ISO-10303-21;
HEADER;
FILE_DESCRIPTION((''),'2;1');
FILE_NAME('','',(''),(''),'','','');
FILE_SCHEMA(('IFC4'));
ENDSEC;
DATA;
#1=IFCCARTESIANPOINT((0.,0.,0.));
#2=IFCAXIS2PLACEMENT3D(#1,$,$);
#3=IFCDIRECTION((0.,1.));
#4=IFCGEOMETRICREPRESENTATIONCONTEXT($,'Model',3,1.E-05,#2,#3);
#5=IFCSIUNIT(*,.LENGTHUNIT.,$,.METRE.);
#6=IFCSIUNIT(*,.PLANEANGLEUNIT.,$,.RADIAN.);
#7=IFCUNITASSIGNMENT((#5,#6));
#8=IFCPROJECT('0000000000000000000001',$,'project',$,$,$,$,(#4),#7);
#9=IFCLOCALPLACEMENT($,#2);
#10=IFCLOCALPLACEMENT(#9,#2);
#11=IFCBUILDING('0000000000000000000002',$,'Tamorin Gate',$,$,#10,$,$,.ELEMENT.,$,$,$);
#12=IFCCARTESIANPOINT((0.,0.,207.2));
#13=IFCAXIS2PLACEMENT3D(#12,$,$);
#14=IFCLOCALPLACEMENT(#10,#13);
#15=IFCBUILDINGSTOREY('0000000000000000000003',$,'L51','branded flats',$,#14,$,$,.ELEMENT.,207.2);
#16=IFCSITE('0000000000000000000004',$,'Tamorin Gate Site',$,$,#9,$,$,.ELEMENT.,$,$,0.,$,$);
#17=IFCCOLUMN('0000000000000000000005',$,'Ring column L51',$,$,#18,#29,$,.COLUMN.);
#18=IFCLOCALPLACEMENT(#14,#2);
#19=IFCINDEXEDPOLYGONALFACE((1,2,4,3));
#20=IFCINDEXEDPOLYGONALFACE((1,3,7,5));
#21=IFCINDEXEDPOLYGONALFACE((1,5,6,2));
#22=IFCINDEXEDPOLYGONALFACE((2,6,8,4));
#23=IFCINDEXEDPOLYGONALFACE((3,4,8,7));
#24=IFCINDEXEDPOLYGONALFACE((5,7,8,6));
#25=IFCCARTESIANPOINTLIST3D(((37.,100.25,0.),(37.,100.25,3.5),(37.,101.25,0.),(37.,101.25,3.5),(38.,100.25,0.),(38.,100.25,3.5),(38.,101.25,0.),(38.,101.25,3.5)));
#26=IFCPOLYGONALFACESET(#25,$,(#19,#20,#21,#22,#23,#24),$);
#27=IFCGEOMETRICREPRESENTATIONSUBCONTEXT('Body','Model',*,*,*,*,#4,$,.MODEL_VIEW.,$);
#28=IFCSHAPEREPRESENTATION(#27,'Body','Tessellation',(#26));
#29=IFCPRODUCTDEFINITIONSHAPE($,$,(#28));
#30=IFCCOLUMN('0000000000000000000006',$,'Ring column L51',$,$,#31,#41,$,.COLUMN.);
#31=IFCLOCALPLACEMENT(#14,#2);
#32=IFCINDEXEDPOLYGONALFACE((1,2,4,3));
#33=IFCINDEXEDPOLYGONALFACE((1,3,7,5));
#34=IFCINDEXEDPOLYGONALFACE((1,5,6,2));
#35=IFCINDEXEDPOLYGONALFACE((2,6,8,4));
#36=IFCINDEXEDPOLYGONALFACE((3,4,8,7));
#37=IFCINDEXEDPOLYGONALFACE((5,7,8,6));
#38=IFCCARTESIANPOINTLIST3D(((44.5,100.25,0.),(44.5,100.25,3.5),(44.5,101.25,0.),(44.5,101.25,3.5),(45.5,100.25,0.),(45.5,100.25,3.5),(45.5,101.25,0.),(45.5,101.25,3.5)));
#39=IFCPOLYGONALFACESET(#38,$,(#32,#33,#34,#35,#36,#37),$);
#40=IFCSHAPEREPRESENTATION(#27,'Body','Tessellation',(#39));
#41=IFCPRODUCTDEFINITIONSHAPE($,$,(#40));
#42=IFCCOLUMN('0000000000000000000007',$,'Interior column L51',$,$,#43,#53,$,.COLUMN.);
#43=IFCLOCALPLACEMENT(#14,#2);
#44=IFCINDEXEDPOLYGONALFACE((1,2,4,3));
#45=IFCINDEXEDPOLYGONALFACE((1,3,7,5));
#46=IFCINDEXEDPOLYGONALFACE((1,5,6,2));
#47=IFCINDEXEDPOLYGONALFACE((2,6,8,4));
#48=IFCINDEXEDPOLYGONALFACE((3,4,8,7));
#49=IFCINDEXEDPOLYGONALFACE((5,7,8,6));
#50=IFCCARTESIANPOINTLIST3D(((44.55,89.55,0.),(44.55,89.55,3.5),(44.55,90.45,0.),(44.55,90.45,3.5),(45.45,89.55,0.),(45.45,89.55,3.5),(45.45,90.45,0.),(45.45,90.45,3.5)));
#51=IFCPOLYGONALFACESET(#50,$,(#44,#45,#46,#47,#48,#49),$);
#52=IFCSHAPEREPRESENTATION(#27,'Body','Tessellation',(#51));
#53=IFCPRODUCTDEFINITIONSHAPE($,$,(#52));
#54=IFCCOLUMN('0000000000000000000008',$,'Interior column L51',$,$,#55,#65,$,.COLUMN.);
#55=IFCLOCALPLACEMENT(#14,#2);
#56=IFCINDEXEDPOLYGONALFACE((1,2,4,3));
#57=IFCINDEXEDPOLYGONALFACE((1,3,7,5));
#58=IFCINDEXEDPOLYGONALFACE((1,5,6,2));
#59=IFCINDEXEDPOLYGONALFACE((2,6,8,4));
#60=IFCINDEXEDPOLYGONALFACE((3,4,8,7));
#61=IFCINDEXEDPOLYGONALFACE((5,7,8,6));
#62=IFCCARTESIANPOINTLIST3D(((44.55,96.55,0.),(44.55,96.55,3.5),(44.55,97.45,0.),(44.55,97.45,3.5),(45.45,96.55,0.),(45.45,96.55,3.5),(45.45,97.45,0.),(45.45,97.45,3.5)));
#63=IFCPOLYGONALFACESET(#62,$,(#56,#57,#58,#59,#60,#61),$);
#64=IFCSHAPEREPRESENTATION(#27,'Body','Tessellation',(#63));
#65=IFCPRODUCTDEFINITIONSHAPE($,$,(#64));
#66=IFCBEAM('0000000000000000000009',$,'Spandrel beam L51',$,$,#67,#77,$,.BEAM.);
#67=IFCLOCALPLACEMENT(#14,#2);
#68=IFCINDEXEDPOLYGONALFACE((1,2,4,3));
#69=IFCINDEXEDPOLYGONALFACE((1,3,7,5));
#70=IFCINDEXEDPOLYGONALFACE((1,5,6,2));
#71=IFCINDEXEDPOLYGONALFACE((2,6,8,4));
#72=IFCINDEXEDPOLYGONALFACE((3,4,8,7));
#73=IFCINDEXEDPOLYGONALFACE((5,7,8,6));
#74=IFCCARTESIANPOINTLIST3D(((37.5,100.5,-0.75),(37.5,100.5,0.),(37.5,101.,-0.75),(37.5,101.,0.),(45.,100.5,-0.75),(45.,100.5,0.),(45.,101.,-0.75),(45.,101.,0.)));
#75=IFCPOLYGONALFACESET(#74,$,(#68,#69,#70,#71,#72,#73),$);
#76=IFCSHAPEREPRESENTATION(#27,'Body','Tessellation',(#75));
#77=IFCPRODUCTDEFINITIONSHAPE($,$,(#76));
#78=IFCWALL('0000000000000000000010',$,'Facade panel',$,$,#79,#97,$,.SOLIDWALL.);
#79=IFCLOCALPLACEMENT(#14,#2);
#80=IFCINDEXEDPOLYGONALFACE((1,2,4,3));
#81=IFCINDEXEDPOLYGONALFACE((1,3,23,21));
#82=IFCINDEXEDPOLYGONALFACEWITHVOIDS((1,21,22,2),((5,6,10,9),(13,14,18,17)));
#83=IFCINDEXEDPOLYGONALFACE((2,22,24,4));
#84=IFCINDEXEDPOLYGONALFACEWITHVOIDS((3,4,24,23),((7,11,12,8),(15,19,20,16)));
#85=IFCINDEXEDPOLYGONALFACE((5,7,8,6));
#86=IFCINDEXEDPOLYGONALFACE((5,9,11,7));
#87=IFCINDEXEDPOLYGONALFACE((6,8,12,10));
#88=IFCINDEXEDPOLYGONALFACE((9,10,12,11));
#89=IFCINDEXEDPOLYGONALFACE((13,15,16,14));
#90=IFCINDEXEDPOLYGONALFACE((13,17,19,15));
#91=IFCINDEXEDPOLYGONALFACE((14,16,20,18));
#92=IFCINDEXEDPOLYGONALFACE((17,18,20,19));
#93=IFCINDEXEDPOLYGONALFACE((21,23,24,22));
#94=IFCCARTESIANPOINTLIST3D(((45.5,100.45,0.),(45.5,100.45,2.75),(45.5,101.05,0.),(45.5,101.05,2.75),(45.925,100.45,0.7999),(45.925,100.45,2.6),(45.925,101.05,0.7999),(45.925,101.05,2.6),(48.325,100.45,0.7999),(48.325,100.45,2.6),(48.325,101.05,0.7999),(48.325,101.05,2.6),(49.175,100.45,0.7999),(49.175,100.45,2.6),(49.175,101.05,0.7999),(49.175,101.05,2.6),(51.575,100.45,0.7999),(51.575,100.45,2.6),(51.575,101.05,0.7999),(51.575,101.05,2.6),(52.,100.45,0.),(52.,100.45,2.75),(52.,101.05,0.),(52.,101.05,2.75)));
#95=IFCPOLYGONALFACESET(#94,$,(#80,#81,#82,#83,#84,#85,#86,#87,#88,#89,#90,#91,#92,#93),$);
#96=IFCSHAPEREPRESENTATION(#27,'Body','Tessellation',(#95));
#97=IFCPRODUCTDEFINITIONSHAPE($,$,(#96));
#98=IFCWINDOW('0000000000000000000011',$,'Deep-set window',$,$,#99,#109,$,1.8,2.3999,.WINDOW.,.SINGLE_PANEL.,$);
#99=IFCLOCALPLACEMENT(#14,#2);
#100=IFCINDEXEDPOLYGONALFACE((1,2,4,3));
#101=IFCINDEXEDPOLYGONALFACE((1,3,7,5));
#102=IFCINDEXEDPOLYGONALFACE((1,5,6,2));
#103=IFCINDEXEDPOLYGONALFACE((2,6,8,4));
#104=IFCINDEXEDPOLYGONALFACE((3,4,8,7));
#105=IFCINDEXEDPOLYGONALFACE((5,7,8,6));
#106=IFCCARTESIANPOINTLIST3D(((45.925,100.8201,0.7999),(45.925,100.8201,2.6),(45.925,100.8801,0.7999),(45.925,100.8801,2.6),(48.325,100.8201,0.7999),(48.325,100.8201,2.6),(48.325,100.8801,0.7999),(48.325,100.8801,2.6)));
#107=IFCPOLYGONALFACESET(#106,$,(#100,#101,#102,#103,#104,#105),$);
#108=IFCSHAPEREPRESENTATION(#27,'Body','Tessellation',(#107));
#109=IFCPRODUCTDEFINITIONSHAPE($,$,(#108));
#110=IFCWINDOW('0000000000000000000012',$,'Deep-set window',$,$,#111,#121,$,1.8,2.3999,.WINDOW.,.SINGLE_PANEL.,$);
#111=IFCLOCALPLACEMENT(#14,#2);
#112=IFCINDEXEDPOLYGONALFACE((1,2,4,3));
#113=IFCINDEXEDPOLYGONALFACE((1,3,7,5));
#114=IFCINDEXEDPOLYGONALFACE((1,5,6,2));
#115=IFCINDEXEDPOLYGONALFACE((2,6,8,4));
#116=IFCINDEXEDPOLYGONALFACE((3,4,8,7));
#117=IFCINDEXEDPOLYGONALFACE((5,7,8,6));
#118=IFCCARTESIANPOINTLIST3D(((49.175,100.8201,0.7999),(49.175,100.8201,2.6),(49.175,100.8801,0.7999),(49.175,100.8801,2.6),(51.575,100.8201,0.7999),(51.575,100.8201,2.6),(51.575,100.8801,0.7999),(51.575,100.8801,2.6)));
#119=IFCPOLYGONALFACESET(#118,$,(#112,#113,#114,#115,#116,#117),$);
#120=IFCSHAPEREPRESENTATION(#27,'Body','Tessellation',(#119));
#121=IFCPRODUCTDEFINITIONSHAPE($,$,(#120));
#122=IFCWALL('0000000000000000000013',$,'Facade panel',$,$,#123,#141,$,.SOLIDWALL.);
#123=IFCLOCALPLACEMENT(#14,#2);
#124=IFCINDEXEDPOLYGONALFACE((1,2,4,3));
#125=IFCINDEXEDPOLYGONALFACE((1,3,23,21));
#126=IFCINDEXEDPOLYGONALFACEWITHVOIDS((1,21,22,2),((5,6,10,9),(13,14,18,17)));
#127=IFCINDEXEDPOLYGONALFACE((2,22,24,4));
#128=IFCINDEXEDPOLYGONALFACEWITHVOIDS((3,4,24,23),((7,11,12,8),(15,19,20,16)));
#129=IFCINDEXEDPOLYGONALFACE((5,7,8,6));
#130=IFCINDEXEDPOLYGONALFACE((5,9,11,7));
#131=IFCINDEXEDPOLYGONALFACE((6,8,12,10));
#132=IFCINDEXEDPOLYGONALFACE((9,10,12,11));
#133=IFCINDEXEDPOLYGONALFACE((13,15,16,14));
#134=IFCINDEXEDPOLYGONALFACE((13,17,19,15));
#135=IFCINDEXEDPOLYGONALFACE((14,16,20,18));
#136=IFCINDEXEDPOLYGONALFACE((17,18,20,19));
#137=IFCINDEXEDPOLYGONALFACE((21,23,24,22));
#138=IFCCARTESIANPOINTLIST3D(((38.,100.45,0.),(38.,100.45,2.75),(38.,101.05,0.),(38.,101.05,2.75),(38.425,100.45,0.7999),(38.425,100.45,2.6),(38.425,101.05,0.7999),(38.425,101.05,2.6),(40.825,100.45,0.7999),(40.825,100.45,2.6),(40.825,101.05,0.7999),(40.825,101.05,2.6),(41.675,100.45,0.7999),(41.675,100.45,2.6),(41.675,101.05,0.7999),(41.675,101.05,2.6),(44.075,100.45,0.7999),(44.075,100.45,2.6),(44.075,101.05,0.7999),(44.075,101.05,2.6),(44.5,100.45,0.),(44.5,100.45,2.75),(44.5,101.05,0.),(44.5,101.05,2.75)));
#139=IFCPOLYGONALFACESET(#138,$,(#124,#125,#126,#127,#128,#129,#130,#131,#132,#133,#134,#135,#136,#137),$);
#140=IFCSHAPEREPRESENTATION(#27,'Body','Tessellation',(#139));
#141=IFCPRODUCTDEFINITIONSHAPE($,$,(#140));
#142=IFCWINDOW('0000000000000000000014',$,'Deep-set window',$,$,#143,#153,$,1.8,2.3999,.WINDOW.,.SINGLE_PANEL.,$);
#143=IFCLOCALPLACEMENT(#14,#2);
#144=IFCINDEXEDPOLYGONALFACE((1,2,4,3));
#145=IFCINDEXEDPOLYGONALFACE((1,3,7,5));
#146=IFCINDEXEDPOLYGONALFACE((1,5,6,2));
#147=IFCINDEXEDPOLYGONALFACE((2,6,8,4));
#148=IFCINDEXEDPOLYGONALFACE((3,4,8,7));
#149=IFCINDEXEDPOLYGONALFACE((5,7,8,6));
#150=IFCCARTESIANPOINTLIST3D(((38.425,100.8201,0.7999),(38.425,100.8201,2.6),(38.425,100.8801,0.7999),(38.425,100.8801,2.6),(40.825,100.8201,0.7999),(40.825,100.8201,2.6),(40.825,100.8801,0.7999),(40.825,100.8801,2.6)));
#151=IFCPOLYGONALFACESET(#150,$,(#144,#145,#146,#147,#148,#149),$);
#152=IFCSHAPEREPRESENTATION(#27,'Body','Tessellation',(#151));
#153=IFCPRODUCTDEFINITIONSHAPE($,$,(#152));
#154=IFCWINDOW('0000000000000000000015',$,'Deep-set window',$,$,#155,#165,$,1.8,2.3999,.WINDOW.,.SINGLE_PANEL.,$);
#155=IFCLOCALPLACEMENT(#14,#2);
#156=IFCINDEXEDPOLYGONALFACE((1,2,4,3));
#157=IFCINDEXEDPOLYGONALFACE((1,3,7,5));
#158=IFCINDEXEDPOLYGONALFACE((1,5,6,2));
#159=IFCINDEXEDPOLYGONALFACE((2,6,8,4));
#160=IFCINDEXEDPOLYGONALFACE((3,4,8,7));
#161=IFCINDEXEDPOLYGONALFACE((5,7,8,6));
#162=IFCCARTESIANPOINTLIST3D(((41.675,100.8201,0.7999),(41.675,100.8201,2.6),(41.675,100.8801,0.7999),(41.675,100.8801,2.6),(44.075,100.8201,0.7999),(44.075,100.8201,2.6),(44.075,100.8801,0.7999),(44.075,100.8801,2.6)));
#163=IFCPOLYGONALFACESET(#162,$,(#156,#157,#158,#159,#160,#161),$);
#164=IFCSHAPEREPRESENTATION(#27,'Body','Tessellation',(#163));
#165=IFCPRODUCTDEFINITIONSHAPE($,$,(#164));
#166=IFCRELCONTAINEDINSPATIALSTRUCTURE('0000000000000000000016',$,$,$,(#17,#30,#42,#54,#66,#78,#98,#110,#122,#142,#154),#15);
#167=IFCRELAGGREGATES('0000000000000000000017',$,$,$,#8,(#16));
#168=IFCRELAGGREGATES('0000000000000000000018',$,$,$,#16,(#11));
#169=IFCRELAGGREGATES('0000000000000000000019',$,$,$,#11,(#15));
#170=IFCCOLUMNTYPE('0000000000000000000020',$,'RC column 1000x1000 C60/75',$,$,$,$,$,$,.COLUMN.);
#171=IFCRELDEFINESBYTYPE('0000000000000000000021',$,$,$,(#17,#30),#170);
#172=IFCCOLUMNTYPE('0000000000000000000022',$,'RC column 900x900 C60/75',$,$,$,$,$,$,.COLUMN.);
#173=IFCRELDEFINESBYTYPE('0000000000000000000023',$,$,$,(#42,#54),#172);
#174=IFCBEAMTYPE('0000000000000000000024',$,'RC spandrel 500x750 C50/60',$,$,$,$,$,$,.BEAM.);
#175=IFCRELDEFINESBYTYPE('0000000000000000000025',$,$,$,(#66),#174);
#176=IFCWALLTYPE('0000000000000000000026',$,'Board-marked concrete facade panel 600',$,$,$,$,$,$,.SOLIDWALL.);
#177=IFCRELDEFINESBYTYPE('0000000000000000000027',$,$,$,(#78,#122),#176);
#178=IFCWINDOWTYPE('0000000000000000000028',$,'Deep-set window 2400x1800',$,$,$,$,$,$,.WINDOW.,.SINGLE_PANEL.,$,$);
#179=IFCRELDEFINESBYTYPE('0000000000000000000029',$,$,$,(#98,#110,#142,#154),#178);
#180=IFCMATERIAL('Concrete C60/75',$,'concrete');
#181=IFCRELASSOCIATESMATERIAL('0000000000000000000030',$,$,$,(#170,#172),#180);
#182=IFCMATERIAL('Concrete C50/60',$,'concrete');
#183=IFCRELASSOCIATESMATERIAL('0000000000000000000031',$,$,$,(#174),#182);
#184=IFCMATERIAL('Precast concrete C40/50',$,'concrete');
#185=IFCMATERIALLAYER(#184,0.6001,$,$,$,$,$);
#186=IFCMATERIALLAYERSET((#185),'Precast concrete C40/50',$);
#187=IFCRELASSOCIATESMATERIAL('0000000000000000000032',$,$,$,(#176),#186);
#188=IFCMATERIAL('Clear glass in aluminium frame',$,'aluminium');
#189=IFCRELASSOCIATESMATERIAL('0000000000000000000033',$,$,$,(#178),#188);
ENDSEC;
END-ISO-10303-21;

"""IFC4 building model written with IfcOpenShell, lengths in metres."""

from ifc_helpers import new_model, si_unit, direction, frame, frame_2d, origin, origin_2d, place, context, subcontext, project, spatial, rectangle, extrude, material, layer, layer_set, material_profile, profile_set, type_object, element, fill, save


model = new_model("IFC4")

# Units and contexts
model_context = context("Model", 3, precision=1e-05, world=origin(), true_north=direction((0.0, 1.0)))
body_context = subcontext(model_context, "Body", "Model", "MODEL_VIEW")
ifc_project = project(units=[si_unit("LENGTHUNIT", "METRE"), si_unit("PLANEANGLEUNIT", "RADIAN")], contexts=[model_context])

# Site, building, storey
site_placement = place(None, origin())
site = spatial("IfcSite", under=ifc_project, at=site_placement, Name="Tamorin Gate Site", CompositionType="ELEMENT", RefElevation=0.0)
building_placement = place(site_placement, origin())
building = spatial("IfcBuilding", under=site, at=building_placement, Name="Tamorin Gate", CompositionType="ELEMENT")
storey_placement = place(building_placement, frame((0.0, 0.0, 207.2)))
storey = spatial("IfcBuildingStorey", under=building, at=storey_placement, Name="L51", Description="branded flats", CompositionType="ELEMENT", Elevation=207.2)

# Columns
ifc_material_1 = material(Name="Concrete C60/75", Category="concrete")
ifc_material_profile_1 = material_profile(ifc_material_1, rectangle(XDim=1.0, YDim=1.0, at=origin_2d()), Name="RC 1000x1000")
ifc_profile_set_1 = profile_set([ifc_material_profile_1], Name="Concrete C60/75")
column_type_1 = type_object("IfcColumnType", Name="RC column 1000x1000 C60/75", PredefinedType="COLUMN", material=ifc_profile_set_1)
for number, where, z_axis, x_axis, name in (
    (1, (37.5, 100.75, 0.0), (0.0, 0.0, 1.0), (1.0, 0.0, 0.0), "Ring column L51"),
    (2, (45.0, 100.75, 0.0), (0.0, 0.0, 1.0), (1.0, 0.0, 0.0), "Ring column L51"),
):
    element("IfcColumn", number, at=place(storey_placement, frame(where, z_axis=z_axis, x_axis=x_axis)), inside=storey, type_object=column_type_1, Name=name, PredefinedType="COLUMN", context=body_context, shape_type="SweptSolid", body=[
        extrude(rectangle(XDim=1.0, YDim=1.0, at=origin_2d()), origin(), (0.0, 0.0, 1.0), 3.5),
    ])
ifc_material_profile_2 = material_profile(ifc_material_1, rectangle(XDim=0.8999, YDim=0.8999, at=origin_2d()), Name="RC 900x900")
ifc_profile_set_2 = profile_set([ifc_material_profile_2], Name="Concrete C60/75")
column_type_2 = type_object("IfcColumnType", Name="RC column 900x900 C60/75", PredefinedType="COLUMN", material=ifc_profile_set_2)
for number, where, z_axis, x_axis, name in (
    (3, (45.0, 90.0, 0.0), (0.0, 0.0, 1.0), (1.0, 0.0, 0.0), "Interior column L51"),
    (4, (45.0, 97.0, 0.0), (0.0, 0.0, 1.0), (1.0, 0.0, 0.0), "Interior column L51"),
):
    element("IfcColumn", number, at=place(storey_placement, frame(where, z_axis=z_axis, x_axis=x_axis)), inside=storey, type_object=column_type_2, Name=name, PredefinedType="COLUMN", context=body_context, shape_type="SweptSolid", body=[
        extrude(rectangle(XDim=0.8999, YDim=0.8999, at=origin_2d()), origin(), (0.0, 0.0, 1.0), 3.5),
    ])

# Beam
ifc_material_2 = material(Name="Concrete C50/60", Category="concrete")
ifc_material_profile_3 = material_profile(ifc_material_2, rectangle(XDim=0.5, YDim=0.75, at=origin_2d()), Name="RC 500x750")
ifc_profile_set_3 = profile_set([ifc_material_profile_3], Name="Concrete C50/60")
beam_type = type_object("IfcBeamType", Name="RC spandrel 500x750 C50/60", PredefinedType="BEAM", material=ifc_profile_set_3)
beam_placement = place(storey_placement, frame((45.0, 100.75, -0.375), z_axis=(-1.0, 0.0, 0.0), x_axis=(0.0, -1.0, 0.0)))
element("IfcBeam", 5, at=beam_placement, inside=storey, type_object=beam_type, Name="Spandrel beam L51", PredefinedType="BEAM", context=body_context, shape_type="SweptSolid", body=[
    extrude(rectangle(XDim=0.5, YDim=0.75, at=origin_2d()), origin(), (0.0, 0.0, 1.0), 7.5),
])

# Walls, openings, windows
ifc_material_3 = material(Name="Precast concrete C40/50", Category="concrete")
ifc_layer_1 = layer(ifc_material_3, 0.6001)
ifc_layer_set_1 = layer_set([ifc_layer_1], Name="Precast concrete C40/50")
wall_type_1 = type_object("IfcWallType", Name="Board-marked concrete facade panel 600", PredefinedType="SOLIDWALL", material=ifc_layer_set_1)
wall_1_placement = place(storey_placement, frame((52.0, 100.75, 0.0), z_axis=(0.0, 0.0, 1.0), x_axis=(-1.0, 0.0, 0.0)))
wall_1 = element("IfcWall", 6, at=wall_1_placement, inside=storey, type_object=wall_type_1, Name="Facade panel", PredefinedType="SOLIDWALL", context=body_context, shape_type="SweptSolid", body=[
    extrude(rectangle(XDim=6.5, YDim=0.6001, at=frame_2d((3.25, 0.0))), origin(), (0.0, 0.0, 1.0), 2.75),
])
opening_1_placement = place(wall_1_placement, frame((3.675, 0.0, 0.8)))
opening_1 = element("IfcOpeningElement", 7, at=opening_1_placement, cuts=wall_1, PredefinedType="OPENING", context=body_context, shape_type="SweptSolid", body=[
    extrude(rectangle(XDim=2.3999, YDim=1.8, at=frame_2d((1.2, 0.8999))), frame((0.0, 0.3101, 0.0), z_axis=(0.0, -1.0, 0.0), x_axis=(1.0, 0.0, 0.0)), (0.0, 0.0, 1.0), 0.6201),
])
opening_2_placement = place(wall_1_placement, frame((0.425, 0.0, 0.8)))
opening_2 = element("IfcOpeningElement", 8, at=opening_2_placement, cuts=wall_1, PredefinedType="OPENING", context=body_context, shape_type="SweptSolid", body=[
    extrude(rectangle(XDim=2.3999, YDim=1.8, at=frame_2d((1.2, 0.8999))), frame((0.0, 0.3101, 0.0), z_axis=(0.0, -1.0, 0.0), x_axis=(1.0, 0.0, 0.0)), (0.0, 0.0, 1.0), 0.6201),
])
ifc_material_4 = material(Name="Clear glass in aluminium frame", Category="aluminium")
window_type = type_object("IfcWindowType", Name="Deep-set window 2400x1800", PartitioningType="SINGLE_PANEL", PredefinedType="WINDOW", material=ifc_material_4)
window_1_placement = place(opening_1_placement, origin())
window_1 = element("IfcWindow", 9, at=window_1_placement, inside=storey, type_object=window_type, Name="Deep-set window", OverallHeight=1.8, OverallWidth=2.3999, PartitioningType="SINGLE_PANEL", PredefinedType="WINDOW", context=body_context, shape_type="SweptSolid", body=[
    extrude(rectangle(XDim=2.3999, YDim=1.8, at=frame_2d((1.2, 0.8999))), frame((0.0, -0.0701, 0.0), z_axis=(0.0, -1.0, 0.0), x_axis=(1.0, 0.0, 0.0)), (0.0, 0.0, 1.0), 0.0601),
])
fill(opening_1, window_1)
window_2_placement = place(opening_2_placement, origin())
window_2 = element("IfcWindow", 10, at=window_2_placement, inside=storey, type_object=window_type, Name="Deep-set window", OverallHeight=1.8, OverallWidth=2.3999, PartitioningType="SINGLE_PANEL", PredefinedType="WINDOW", context=body_context, shape_type="SweptSolid", body=[
    extrude(rectangle(XDim=2.3999, YDim=1.8, at=frame_2d((1.2, 0.8999))), frame((0.0, -0.0701, 0.0), z_axis=(0.0, -1.0, 0.0), x_axis=(1.0, 0.0, 0.0)), (0.0, 0.0, 1.0), 0.0601),
])
fill(opening_2, window_2)
wall_2_placement = place(storey_placement, frame((44.5, 100.75, 0.0), z_axis=(0.0, 0.0, 1.0), x_axis=(-1.0, 0.0, 0.0)))
wall_2 = element("IfcWall", 11, at=wall_2_placement, inside=storey, type_object=wall_type_1, Name="Facade panel", PredefinedType="SOLIDWALL", context=body_context, shape_type="SweptSolid", body=[
    extrude(rectangle(XDim=6.5, YDim=0.6001, at=frame_2d((3.25, 0.0))), origin(), (0.0, 0.0, 1.0), 2.75),
])
opening_3_placement = place(wall_2_placement, frame((3.675, 0.0, 0.8)))
opening_3 = element("IfcOpeningElement", 12, at=opening_3_placement, cuts=wall_2, PredefinedType="OPENING", context=body_context, shape_type="SweptSolid", body=[
    extrude(rectangle(XDim=2.3999, YDim=1.8, at=frame_2d((1.2, 0.8999))), frame((0.0, 0.3101, 0.0), z_axis=(0.0, -1.0, 0.0), x_axis=(1.0, 0.0, 0.0)), (0.0, 0.0, 1.0), 0.6201),
])
opening_4_placement = place(wall_2_placement, frame((0.425, 0.0, 0.8)))
opening_4 = element("IfcOpeningElement", 13, at=opening_4_placement, cuts=wall_2, PredefinedType="OPENING", context=body_context, shape_type="SweptSolid", body=[
    extrude(rectangle(XDim=2.3999, YDim=1.8, at=frame_2d((1.2, 0.8999))), frame((0.0, 0.3101, 0.0), z_axis=(0.0, -1.0, 0.0), x_axis=(1.0, 0.0, 0.0)), (0.0, 0.0, 1.0), 0.6201),
])
window_3_placement = place(opening_3_placement, origin())
window_3 = element("IfcWindow", 14, at=window_3_placement, inside=storey, type_object=window_type, Name="Deep-set window", OverallHeight=1.8, OverallWidth=2.3999, PartitioningType="SINGLE_PANEL", PredefinedType="WINDOW", context=body_context, shape_type="SweptSolid", body=[
    extrude(rectangle(XDim=2.3999, YDim=1.8, at=frame_2d((1.2, 0.8999))), frame((0.0, -0.0701, 0.0), z_axis=(0.0, -1.0, 0.0), x_axis=(1.0, 0.0, 0.0)), (0.0, 0.0, 1.0), 0.0601),
])
fill(opening_3, window_3)
window_4_placement = place(opening_4_placement, origin())
window_4 = element("IfcWindow", 15, at=window_4_placement, inside=storey, type_object=window_type, Name="Deep-set window", OverallHeight=1.8, OverallWidth=2.3999, PartitioningType="SINGLE_PANEL", PredefinedType="WINDOW", context=body_context, shape_type="SweptSolid", body=[
    extrude(rectangle(XDim=2.3999, YDim=1.8, at=frame_2d((1.2, 0.8999))), frame((0.0, -0.0701, 0.0), z_axis=(0.0, -1.0, 0.0), x_axis=(1.0, 0.0, 0.0)), (0.0, 0.0, 1.0), 0.0601),
])
fill(opening_4, window_4)

save(model, "model.ifc")
